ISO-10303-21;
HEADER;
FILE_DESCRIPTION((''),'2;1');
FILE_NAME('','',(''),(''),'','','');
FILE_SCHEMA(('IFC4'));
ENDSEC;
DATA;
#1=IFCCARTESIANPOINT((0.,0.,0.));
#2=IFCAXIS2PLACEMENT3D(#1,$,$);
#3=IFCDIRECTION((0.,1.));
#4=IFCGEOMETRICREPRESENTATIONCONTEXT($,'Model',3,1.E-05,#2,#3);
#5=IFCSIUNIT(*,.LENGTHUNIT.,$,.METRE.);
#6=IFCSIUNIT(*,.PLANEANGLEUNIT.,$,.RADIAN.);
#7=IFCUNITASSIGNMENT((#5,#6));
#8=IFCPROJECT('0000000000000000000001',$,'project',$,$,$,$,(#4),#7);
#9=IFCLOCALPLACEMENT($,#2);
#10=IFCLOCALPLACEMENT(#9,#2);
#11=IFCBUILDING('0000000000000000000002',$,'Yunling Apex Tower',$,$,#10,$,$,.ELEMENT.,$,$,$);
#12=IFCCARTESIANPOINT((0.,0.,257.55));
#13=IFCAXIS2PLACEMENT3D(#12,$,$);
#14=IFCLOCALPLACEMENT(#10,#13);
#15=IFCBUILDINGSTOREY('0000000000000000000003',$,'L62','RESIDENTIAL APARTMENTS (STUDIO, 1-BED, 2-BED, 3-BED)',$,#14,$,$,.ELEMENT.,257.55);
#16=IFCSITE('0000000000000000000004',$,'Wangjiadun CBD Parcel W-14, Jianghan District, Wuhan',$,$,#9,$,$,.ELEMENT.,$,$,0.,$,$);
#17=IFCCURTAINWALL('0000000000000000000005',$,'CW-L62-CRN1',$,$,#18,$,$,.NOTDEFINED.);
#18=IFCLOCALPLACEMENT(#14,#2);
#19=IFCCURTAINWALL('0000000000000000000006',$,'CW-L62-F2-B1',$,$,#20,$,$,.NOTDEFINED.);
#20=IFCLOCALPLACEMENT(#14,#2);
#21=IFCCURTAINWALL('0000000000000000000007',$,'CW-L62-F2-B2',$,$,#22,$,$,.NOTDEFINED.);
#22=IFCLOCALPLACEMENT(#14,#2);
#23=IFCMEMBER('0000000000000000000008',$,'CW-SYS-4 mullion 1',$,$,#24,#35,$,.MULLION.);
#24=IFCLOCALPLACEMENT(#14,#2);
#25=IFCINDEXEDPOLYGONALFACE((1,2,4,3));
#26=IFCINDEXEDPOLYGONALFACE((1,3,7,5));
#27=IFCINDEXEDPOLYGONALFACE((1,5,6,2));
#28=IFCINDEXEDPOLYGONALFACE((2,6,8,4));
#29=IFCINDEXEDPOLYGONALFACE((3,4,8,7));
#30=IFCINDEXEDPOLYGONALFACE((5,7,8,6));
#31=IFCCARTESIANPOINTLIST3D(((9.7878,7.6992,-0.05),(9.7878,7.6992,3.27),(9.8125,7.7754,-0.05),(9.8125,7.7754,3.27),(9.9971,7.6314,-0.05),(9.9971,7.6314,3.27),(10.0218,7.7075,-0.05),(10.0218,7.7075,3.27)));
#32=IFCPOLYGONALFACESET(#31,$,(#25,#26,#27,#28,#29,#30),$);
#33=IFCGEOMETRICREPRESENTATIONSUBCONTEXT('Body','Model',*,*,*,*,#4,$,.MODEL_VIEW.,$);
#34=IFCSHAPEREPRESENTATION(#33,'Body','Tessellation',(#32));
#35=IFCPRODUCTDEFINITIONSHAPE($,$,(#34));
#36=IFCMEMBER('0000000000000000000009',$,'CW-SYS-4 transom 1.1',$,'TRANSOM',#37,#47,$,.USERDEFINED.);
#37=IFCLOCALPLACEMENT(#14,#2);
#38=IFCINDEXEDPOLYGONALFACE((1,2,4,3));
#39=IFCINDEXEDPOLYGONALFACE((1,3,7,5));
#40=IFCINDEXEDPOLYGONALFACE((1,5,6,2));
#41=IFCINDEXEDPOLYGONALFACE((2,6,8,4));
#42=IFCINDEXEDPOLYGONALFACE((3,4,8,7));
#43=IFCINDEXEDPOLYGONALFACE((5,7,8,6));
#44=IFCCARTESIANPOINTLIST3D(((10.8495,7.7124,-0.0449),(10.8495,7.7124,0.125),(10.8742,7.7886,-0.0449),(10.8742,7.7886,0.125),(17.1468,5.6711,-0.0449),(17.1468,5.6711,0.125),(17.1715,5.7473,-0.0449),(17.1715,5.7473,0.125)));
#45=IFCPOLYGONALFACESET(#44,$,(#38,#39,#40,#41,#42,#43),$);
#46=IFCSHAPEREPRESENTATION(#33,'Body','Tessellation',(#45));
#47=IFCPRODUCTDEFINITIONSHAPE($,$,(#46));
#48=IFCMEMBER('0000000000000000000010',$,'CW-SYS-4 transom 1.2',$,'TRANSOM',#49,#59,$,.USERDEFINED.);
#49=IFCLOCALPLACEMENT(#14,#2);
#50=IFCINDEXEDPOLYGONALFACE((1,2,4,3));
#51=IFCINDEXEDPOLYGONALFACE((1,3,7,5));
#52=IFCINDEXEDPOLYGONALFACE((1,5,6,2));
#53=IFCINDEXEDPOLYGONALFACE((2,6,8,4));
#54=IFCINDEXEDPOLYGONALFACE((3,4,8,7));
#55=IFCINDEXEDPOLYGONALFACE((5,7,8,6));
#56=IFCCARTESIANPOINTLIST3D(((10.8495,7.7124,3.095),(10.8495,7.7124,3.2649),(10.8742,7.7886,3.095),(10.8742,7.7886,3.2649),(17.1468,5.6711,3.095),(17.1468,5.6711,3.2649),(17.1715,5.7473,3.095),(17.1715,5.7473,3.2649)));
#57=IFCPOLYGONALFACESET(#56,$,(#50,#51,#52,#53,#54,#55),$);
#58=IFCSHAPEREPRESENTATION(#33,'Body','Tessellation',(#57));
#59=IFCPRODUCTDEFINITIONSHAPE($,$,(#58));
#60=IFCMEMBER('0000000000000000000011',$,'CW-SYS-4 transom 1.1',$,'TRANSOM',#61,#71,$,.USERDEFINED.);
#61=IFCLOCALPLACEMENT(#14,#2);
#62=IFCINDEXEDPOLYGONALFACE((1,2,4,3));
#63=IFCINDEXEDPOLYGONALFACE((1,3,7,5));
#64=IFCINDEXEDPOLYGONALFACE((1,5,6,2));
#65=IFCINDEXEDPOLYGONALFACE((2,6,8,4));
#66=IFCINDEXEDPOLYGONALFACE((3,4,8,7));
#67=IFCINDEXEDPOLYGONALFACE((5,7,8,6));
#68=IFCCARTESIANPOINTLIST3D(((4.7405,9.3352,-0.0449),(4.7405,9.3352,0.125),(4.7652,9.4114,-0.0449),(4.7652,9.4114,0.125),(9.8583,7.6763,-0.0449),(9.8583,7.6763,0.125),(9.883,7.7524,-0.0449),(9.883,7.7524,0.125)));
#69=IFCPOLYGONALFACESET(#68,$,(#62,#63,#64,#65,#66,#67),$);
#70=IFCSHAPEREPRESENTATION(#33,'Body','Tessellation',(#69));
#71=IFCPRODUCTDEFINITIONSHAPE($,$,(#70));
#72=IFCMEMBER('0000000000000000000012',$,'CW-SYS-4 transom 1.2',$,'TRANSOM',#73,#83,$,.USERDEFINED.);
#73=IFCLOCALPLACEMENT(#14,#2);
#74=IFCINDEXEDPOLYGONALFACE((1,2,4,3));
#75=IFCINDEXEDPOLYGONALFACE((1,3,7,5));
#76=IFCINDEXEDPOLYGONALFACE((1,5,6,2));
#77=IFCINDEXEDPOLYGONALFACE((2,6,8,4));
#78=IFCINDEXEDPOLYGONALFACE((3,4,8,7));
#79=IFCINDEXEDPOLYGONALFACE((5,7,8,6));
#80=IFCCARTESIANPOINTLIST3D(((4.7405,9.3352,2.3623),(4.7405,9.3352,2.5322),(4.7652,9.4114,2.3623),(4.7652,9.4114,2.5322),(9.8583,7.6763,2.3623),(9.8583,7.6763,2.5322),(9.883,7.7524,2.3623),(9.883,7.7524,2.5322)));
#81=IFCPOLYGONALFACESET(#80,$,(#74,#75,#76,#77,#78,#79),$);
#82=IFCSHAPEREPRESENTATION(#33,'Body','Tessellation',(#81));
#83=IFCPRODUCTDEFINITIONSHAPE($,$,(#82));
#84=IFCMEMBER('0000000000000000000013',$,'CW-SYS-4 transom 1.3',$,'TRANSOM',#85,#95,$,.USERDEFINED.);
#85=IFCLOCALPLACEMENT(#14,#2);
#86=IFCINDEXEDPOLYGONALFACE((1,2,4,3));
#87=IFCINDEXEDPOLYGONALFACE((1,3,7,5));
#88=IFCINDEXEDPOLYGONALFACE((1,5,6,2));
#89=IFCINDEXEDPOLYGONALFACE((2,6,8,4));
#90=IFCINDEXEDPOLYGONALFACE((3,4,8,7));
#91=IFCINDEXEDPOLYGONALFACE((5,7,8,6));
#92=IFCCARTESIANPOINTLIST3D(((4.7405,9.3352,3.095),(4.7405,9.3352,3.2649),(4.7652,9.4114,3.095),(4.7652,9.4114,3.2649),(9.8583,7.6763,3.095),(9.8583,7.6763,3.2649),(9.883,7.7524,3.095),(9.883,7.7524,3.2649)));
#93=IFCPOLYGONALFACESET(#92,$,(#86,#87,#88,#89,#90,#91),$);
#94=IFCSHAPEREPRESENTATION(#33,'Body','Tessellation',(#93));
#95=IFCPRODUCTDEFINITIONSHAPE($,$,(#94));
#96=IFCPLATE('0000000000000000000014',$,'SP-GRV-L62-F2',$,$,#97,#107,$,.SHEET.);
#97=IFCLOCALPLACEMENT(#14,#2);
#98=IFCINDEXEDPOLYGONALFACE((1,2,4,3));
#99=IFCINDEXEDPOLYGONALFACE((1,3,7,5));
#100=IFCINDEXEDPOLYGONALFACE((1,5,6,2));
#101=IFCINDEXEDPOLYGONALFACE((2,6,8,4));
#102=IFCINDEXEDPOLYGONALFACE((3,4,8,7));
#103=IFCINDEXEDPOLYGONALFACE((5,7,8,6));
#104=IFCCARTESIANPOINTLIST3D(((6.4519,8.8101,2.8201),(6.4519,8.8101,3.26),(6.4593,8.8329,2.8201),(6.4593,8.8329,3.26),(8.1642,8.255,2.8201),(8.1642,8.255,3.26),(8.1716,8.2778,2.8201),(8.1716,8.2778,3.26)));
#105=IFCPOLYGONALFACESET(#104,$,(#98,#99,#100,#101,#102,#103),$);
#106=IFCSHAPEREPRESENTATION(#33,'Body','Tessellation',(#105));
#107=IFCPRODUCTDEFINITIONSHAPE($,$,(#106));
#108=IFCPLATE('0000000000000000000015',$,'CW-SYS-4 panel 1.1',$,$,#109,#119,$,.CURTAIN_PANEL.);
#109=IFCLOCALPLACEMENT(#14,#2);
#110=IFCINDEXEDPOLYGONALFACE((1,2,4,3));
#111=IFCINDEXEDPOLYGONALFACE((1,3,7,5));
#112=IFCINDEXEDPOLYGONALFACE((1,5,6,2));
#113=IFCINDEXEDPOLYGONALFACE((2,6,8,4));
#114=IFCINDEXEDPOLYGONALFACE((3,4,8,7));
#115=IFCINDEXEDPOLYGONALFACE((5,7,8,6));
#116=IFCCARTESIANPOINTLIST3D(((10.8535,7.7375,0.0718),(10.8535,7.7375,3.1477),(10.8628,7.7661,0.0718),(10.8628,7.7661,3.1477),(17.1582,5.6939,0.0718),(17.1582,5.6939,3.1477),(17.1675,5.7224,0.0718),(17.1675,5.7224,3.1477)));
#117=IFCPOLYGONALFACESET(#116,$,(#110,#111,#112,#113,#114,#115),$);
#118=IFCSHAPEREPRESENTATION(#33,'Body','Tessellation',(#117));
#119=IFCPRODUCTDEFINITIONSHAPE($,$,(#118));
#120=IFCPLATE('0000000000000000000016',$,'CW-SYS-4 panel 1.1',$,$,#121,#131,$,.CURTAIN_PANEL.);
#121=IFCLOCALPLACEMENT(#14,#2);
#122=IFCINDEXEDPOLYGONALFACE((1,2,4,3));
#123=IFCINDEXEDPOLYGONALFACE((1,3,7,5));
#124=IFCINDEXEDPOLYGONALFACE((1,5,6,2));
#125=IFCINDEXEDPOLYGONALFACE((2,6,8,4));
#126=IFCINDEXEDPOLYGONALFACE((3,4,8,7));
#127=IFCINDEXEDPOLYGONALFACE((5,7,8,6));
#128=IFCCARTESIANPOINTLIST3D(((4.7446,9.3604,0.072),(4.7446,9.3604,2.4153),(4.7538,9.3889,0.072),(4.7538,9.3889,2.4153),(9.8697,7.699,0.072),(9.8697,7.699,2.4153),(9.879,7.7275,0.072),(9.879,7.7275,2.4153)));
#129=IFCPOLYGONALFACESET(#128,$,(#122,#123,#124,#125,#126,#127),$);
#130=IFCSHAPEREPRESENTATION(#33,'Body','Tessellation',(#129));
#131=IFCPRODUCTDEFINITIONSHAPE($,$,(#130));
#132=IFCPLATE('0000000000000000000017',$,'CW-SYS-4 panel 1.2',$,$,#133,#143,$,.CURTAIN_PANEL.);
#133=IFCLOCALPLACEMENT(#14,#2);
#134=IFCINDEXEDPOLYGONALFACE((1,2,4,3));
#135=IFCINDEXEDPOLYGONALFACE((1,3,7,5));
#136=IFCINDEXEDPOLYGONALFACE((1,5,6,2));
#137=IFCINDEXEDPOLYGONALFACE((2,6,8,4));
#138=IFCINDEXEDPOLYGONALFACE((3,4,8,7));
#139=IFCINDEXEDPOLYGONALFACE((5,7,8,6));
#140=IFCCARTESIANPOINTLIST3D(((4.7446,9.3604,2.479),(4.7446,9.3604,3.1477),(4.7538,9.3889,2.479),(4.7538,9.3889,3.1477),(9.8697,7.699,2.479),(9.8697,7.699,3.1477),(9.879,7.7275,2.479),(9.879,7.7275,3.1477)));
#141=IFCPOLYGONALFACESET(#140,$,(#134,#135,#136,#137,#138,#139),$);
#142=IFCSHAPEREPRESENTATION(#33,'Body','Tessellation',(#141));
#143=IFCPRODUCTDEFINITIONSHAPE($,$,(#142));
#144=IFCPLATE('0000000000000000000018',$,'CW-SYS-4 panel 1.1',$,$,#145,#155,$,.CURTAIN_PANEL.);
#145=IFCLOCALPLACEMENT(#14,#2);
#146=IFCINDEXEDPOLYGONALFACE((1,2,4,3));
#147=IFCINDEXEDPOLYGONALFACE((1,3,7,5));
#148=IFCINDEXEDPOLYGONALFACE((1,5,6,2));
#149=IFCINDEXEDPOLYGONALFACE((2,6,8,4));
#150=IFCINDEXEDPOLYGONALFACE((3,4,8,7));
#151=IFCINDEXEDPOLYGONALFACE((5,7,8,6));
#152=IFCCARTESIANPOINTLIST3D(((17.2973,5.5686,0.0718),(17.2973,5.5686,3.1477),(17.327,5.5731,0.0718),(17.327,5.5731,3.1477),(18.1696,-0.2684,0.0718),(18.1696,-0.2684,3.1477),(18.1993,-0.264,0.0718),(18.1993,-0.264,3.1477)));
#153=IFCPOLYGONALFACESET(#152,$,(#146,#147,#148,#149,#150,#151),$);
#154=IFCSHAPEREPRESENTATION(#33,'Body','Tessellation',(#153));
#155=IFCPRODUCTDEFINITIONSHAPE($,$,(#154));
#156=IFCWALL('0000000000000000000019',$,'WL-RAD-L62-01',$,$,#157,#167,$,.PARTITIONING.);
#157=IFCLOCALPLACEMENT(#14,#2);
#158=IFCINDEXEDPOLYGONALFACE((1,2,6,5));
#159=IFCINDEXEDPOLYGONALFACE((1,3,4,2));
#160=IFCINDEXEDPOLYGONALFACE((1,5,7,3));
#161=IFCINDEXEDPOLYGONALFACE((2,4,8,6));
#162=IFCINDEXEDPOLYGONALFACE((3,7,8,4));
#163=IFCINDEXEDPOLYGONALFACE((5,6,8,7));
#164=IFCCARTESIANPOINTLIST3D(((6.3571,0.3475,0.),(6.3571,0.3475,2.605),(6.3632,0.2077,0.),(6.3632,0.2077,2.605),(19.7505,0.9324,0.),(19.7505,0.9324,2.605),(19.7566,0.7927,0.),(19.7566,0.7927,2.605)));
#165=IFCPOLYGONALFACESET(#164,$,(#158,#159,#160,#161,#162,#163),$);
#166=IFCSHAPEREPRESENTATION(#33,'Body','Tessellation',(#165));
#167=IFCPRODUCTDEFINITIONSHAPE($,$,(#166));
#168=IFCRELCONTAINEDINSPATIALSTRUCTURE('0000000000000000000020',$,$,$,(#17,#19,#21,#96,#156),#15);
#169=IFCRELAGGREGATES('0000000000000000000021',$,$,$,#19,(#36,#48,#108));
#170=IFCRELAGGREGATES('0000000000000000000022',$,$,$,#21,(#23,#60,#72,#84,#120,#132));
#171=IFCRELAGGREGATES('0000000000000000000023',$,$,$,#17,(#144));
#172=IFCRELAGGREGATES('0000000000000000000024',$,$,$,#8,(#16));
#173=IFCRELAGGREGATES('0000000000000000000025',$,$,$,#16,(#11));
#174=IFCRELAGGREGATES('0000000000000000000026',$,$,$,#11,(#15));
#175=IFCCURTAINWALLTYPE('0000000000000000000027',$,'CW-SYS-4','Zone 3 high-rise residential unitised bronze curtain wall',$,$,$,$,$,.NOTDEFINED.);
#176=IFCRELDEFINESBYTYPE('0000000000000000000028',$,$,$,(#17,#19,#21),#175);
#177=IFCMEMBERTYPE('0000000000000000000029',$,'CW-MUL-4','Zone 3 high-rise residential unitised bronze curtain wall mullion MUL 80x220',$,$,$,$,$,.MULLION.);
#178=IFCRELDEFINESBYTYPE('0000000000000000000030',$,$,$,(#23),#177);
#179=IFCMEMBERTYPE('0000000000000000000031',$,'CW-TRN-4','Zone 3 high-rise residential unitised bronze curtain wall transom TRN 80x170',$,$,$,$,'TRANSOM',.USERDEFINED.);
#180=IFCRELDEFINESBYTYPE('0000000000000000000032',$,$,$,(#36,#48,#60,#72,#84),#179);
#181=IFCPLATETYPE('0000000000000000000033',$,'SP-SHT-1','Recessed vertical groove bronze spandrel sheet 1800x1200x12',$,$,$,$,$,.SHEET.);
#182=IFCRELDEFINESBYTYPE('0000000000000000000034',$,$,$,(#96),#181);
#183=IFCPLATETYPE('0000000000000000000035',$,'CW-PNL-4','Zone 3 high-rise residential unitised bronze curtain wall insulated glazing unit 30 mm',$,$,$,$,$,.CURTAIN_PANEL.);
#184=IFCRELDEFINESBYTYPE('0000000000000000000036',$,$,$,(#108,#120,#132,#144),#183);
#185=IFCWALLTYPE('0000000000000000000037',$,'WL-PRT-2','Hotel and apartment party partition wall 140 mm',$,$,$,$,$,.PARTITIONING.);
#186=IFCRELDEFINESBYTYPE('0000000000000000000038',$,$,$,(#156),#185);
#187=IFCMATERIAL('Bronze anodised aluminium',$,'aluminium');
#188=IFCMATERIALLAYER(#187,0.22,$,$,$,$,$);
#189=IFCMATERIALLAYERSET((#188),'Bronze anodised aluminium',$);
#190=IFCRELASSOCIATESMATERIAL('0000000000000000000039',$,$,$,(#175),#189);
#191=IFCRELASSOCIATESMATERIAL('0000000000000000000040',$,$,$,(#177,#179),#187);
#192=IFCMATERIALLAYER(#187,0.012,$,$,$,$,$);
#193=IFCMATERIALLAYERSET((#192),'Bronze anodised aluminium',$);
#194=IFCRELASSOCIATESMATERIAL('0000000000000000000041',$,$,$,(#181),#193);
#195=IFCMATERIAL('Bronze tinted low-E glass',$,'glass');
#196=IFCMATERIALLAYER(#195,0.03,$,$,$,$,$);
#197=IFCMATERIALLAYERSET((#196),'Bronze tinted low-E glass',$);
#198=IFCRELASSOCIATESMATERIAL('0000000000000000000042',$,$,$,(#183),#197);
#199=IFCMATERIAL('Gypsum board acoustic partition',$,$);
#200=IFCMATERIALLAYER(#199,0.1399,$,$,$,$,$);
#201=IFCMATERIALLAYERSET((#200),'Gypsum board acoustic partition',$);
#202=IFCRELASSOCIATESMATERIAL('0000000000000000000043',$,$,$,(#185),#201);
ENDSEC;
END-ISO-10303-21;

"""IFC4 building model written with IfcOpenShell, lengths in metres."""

from ifc_helpers import new_model, si_unit, direction, frame, frame_2d, origin, origin_2d, place, context, subcontext, project, spatial, rectangle, extrude, source, transform, mapped, material, layer, layer_set, material_profile, profile_set, type_object, element, aggregate, save


model = new_model("IFC4")

# Units and contexts
model_context = context("Model", 3, precision=1e-05, world=origin(), true_north=direction((0.0, 1.0)))
body_context = subcontext(model_context, "Body", "Model", "MODEL_VIEW")
ifc_project = project(units=[si_unit("LENGTHUNIT", "METRE"), si_unit("PLANEANGLEUNIT", "RADIAN")], contexts=[model_context])

# Site, building, storey
site_placement = place(None, origin())
site = spatial("IfcSite", under=ifc_project, at=site_placement, Name="Wangjiadun CBD Parcel W-14, Jianghan District, Wuhan", CompositionType="ELEMENT", RefElevation=0.0)
building_placement = place(site_placement, origin())
building = spatial("IfcBuilding", under=site, at=building_placement, Name="Yunling Apex Tower", CompositionType="ELEMENT")
storey_placement = place(building_placement, frame((0.0, 0.0, 257.55)))
storey = spatial("IfcBuildingStorey", under=building, at=storey_placement, Name="L62", Description="RESIDENTIAL APARTMENTS (STUDIO, 1-BED, 2-BED, 3-BED)", CompositionType="ELEMENT", Elevation=257.55)

# Curtain wall
ifc_material_1 = material(Name="Bronze anodised aluminium", Category="aluminium")
ifc_layer_1 = layer(ifc_material_1, 0.22)
ifc_layer_set_1 = layer_set([ifc_layer_1], Name="Bronze anodised aluminium")
curtain_wall_type = type_object("IfcCurtainWallType", Name="CW-SYS-4", Description="Zone 3 high-rise residential unitised bronze curtain wall", PredefinedType="NOTDEFINED", material=ifc_layer_set_1)
curtain_wall_1_placement = place(storey_placement, origin())
curtain_wall_1 = element("IfcCurtainWall", 1, at=curtain_wall_1_placement, inside=storey, type_object=curtain_wall_type, Name="CW-L62-CRN1", PredefinedType="NOTDEFINED")
ifc_material_profile_1 = material_profile(ifc_material_1, rectangle(XDim=0.0801, YDim=0.22, at=origin_2d()))
ifc_profile_set_1 = profile_set([ifc_material_profile_1], Name="Bronze anodised aluminium")
member_type_1 = type_object("IfcMemberType", Name="CW-MUL-4", Description="Zone 3 high-rise residential unitised bronze curtain wall mullion MUL 80x220", PredefinedType="MULLION", material=ifc_profile_set_1)
shared_shape_1 = source(origin(), body_context, "Body", "SweptSolid", [
    extrude(rectangle(XDim=0.0801, YDim=0.22, at=origin_2d()), origin(), (0.0, 0.0, 1.0), 3.3201),
])

# Curtain wall
curtain_wall_2_placement = place(storey_placement, origin())
curtain_wall_2 = element("IfcCurtainWall", 2, at=curtain_wall_2_placement, inside=storey, type_object=curtain_wall_type, Name="CW-L62-F2-B1", PredefinedType="NOTDEFINED")

# Curtain wall, member
curtain_wall_3_placement = place(storey_placement, origin())
curtain_wall_3 = element("IfcCurtainWall", 3, at=curtain_wall_3_placement, inside=storey, type_object=curtain_wall_type, Name="CW-L62-F2-B2", PredefinedType="NOTDEFINED")
member_1_placement = place(storey_placement, frame((9.9048, 7.7034, -0.05), z_axis=(0.0, 0.0, 1.0), x_axis=(-0.308369, -0.951267, 0.0)))
member_1 = element("IfcMember", 4, at=member_1_placement, type_object=member_type_1, Name="CW-SYS-4 mullion 1", PredefinedType="MULLION", context=body_context, shape_type="MappedRepresentation", body=[
    mapped(shared_shape_1, transform((0.0, 0.0, 0.0), scale=1.0)),
])

# Members
ifc_material_profile_2 = material_profile(ifc_material_1, rectangle(XDim=0.0801, YDim=0.1699, at=origin_2d()))
ifc_profile_set_2 = profile_set([ifc_material_profile_2], Name="Bronze anodised aluminium")
member_type_2 = type_object("IfcMemberType", Name="CW-TRN-4", Description="Zone 3 high-rise residential unitised bronze curtain wall transom TRN 80x170", ElementType="TRANSOM", PredefinedType="USERDEFINED", material=ifc_profile_set_2)
shared_shape_2 = source(origin(), body_context, "Body", "SweptSolid", [
    extrude(rectangle(XDim=0.0801, YDim=0.1699, at=origin_2d()), origin(), (0.0, 0.0, 1.0), 6.6199),
])
member_2_placement = place(storey_placement, frame((17.1592, 5.7092, 0.04), z_axis=(-0.951273, 0.30835, 0.0), x_axis=(-0.30835, -0.951273, 0.0)))
member_2 = element("IfcMember", 5, at=member_2_placement, type_object=member_type_2, Name="CW-SYS-4 transom 1.1", ObjectType="TRANSOM", PredefinedType="USERDEFINED", context=body_context, shape_type="MappedRepresentation", body=[
    mapped(shared_shape_2, transform((0.0, 0.0, 0.0), scale=1.0)),
])
member_3_placement = place(storey_placement, frame((17.1592, 5.7092, 3.1799), z_axis=(-0.951273, 0.30835, 0.0), x_axis=(-0.30835, -0.951273, 0.0)))
member_3 = element("IfcMember", 6, at=member_3_placement, type_object=member_type_2, Name="CW-SYS-4 transom 1.2", ObjectType="TRANSOM", PredefinedType="USERDEFINED", context=body_context, shape_type="MappedRepresentation", body=[
    mapped(shared_shape_2, transform((0.0, 0.0, 0.0), scale=1.0)),
])
shared_shape_3 = source(origin(), body_context, "Body", "SweptSolid", [
    extrude(rectangle(XDim=0.0801, YDim=0.1699, at=origin_2d()), origin(), (0.0, 0.0, 1.0), 5.3799),
])
member_4_placement = place(storey_placement, frame((9.8706, 7.7144, 0.04), z_axis=(-0.951269, 0.308362, 0.0), x_axis=(-0.308362, -0.951269, 0.0)))
member_4 = element("IfcMember", 7, at=member_4_placement, type_object=member_type_2, Name="CW-SYS-4 transom 1.1", ObjectType="TRANSOM", PredefinedType="USERDEFINED", context=body_context, shape_type="MappedRepresentation", body=[
    mapped(shared_shape_3, transform((0.0, 0.0, 0.0), scale=1.0)),
])
member_5_placement = place(storey_placement, frame((9.8706, 7.7144, 2.4473), z_axis=(-0.951269, 0.308362, 0.0), x_axis=(-0.308362, -0.951269, 0.0)))
member_5 = element("IfcMember", 8, at=member_5_placement, type_object=member_type_2, Name="CW-SYS-4 transom 1.2", ObjectType="TRANSOM", PredefinedType="USERDEFINED", context=body_context, shape_type="MappedRepresentation", body=[
    mapped(shared_shape_3, transform((0.0, 0.0, 0.0), scale=1.0)),
])
member_6_placement = place(storey_placement, frame((9.8706, 7.7144, 3.1799), z_axis=(-0.951269, 0.308362, 0.0), x_axis=(-0.308362, -0.951269, 0.0)))
member_6 = element("IfcMember", 9, at=member_6_placement, type_object=member_type_2, Name="CW-SYS-4 transom 1.3", ObjectType="TRANSOM", PredefinedType="USERDEFINED", context=body_context, shape_type="MappedRepresentation", body=[
    mapped(shared_shape_3, transform((0.0, 0.0, 0.0), scale=1.0)),
])

# Plates
ifc_layer_2 = layer(ifc_material_1, 0.012)
ifc_layer_set_2 = layer_set([ifc_layer_2], Name="Bronze anodised aluminium")
plate_type_1 = type_object("IfcPlateType", Name="SP-SHT-1", Description="Recessed vertical groove bronze spandrel sheet 1800x1200x12", PredefinedType="SHEET", material=ifc_layer_set_2)
shared_shape_4 = source(origin(), body_context, "Body", "SweptSolid", [
    extrude(rectangle(XDim=1.8, YDim=0.0239, at=origin_2d()), origin(), (0.0, 0.0, 1.0), 0.4399),
])
plate_1_placement = place(storey_placement, frame((7.3118, 8.5439, 2.8201), z_axis=(0.0, 0.0, 1.0), x_axis=(-0.951272, 0.308353, 0.0)))
element("IfcPlate", 10, at=plate_1_placement, inside=storey, type_object=plate_type_1, Name="SP-GRV-L62-F2", PredefinedType="SHEET", context=body_context, shape_type="MappedRepresentation", body=[
    mapped(shared_shape_4, transform((0.0, 0.0, 0.0), scale=1.0)),
])
ifc_material_2 = material(Name="Bronze tinted low-E glass", Category="glass")
ifc_layer_3 = layer(ifc_material_2, 0.03)
ifc_layer_set_3 = layer_set([ifc_layer_3], Name="Bronze tinted low-E glass")
plate_type_2 = type_object("IfcPlateType", Name="CW-PNL-4", Description="Zone 3 high-rise residential unitised bronze curtain wall insulated glazing unit 30 mm", PredefinedType="CURTAIN_PANEL", material=ifc_layer_set_3)
shared_shape_5 = source(origin(), body_context, "Body", "SweptSolid", [
    extrude(rectangle(XDim=6.6277, YDim=0.03, at=origin_2d()), origin(), (0.0, 0.0, 1.0), 3.0759),
])
plate_2_placement = place(storey_placement, frame((14.0105, 6.73, 0.0718), z_axis=(0.0, 0.0, 1.0), x_axis=(-0.951272, 0.308353, 0.0)))
plate_2 = element("IfcPlate", 11, at=plate_2_placement, type_object=plate_type_2, Name="CW-SYS-4 panel 1.1", PredefinedType="CURTAIN_PANEL", context=body_context, shape_type="MappedRepresentation", body=[
    mapped(shared_shape_5, transform((0.0, 0.0, 0.0), scale=1.0)),
])
aggregate(curtain_wall_2, [member_2, member_3, plate_2])
shared_shape_6 = source(origin(), body_context, "Body", "SweptSolid", [
    extrude(rectangle(XDim=5.3877, YDim=0.03, at=origin_2d()), origin(), (0.0, 0.0, 1.0), 2.3433),
])
plate_3_placement = place(storey_placement, frame((7.3118, 8.5439, 0.072), z_axis=(0.0, 0.0, 1.0), x_axis=(-0.951267, 0.308369, 0.0)))
plate_3 = element("IfcPlate", 12, at=plate_3_placement, type_object=plate_type_2, Name="CW-SYS-4 panel 1.1", PredefinedType="CURTAIN_PANEL", context=body_context, shape_type="MappedRepresentation", body=[
    mapped(shared_shape_6, transform((0.0, 0.0, 0.0), scale=1.0)),
])
shared_shape_7 = source(origin(), body_context, "Body", "SweptSolid", [
    extrude(rectangle(XDim=5.3877, YDim=0.03, at=origin_2d()), origin(), (0.0, 0.0, 1.0), 0.6687),
])
plate_4_placement = place(storey_placement, frame((7.3118, 8.5439, 2.479), z_axis=(0.0, 0.0, 1.0), x_axis=(-0.951267, 0.308369, 0.0)))
plate_4 = element("IfcPlate", 13, at=plate_4_placement, type_object=plate_type_2, Name="CW-SYS-4 panel 1.2", PredefinedType="CURTAIN_PANEL", context=body_context, shape_type="MappedRepresentation", body=[
    mapped(shared_shape_7, transform((0.0, 0.0, 0.0), scale=1.0)),
])
aggregate(curtain_wall_3, [member_1, member_4, member_5, member_6, plate_3, plate_4])
shared_shape_8 = source(origin(), body_context, "Body", "SweptSolid", [
    extrude(rectangle(XDim=5.9019, YDim=0.03, at=origin_2d()), origin(), (0.0, 0.0, 1.0), 3.0759),
])
plate_5_placement = place(storey_placement, frame((17.7483, 2.6523, 0.0718), z_axis=(0.0, 0.0, 1.0), x_axis=(-0.147803, 0.989017, 0.0)))
plate_5 = element("IfcPlate", 14, at=plate_5_placement, type_object=plate_type_2, Name="CW-SYS-4 panel 1.1", PredefinedType="CURTAIN_PANEL", context=body_context, shape_type="MappedRepresentation", body=[
    mapped(shared_shape_8, transform((0.0, 0.0, 0.0), scale=1.0)),
])
aggregate(curtain_wall_1, [plate_5])

# Wall
ifc_material_3 = material(Name="Gypsum board acoustic partition")
ifc_layer_4 = layer(ifc_material_3, 0.1399)
ifc_layer_set_4 = layer_set([ifc_layer_4], Name="Gypsum board acoustic partition")
wall_type = type_object("IfcWallType", Name="WL-PRT-2", Description="Hotel and apartment party partition wall 140 mm", PredefinedType="PARTITIONING", material=ifc_layer_set_4)
wall_placement = place(storey_placement, frame((6.3601, 0.2776, 0.0), z_axis=(0.0, 0.0, 1.0), x_axis=(0.999048, 0.043633, 0.0)))
element("IfcWall", 15, at=wall_placement, inside=storey, type_object=wall_type, Name="WL-RAD-L62-01", PredefinedType="PARTITIONING", context=body_context, shape_type="SweptSolid", body=[
    extrude(rectangle(XDim=13.4062, YDim=0.1399, at=frame_2d((6.7031, 0.0))), origin(), (0.0, 0.0, 1.0), 2.605),
])

save(model, "model.ifc")
